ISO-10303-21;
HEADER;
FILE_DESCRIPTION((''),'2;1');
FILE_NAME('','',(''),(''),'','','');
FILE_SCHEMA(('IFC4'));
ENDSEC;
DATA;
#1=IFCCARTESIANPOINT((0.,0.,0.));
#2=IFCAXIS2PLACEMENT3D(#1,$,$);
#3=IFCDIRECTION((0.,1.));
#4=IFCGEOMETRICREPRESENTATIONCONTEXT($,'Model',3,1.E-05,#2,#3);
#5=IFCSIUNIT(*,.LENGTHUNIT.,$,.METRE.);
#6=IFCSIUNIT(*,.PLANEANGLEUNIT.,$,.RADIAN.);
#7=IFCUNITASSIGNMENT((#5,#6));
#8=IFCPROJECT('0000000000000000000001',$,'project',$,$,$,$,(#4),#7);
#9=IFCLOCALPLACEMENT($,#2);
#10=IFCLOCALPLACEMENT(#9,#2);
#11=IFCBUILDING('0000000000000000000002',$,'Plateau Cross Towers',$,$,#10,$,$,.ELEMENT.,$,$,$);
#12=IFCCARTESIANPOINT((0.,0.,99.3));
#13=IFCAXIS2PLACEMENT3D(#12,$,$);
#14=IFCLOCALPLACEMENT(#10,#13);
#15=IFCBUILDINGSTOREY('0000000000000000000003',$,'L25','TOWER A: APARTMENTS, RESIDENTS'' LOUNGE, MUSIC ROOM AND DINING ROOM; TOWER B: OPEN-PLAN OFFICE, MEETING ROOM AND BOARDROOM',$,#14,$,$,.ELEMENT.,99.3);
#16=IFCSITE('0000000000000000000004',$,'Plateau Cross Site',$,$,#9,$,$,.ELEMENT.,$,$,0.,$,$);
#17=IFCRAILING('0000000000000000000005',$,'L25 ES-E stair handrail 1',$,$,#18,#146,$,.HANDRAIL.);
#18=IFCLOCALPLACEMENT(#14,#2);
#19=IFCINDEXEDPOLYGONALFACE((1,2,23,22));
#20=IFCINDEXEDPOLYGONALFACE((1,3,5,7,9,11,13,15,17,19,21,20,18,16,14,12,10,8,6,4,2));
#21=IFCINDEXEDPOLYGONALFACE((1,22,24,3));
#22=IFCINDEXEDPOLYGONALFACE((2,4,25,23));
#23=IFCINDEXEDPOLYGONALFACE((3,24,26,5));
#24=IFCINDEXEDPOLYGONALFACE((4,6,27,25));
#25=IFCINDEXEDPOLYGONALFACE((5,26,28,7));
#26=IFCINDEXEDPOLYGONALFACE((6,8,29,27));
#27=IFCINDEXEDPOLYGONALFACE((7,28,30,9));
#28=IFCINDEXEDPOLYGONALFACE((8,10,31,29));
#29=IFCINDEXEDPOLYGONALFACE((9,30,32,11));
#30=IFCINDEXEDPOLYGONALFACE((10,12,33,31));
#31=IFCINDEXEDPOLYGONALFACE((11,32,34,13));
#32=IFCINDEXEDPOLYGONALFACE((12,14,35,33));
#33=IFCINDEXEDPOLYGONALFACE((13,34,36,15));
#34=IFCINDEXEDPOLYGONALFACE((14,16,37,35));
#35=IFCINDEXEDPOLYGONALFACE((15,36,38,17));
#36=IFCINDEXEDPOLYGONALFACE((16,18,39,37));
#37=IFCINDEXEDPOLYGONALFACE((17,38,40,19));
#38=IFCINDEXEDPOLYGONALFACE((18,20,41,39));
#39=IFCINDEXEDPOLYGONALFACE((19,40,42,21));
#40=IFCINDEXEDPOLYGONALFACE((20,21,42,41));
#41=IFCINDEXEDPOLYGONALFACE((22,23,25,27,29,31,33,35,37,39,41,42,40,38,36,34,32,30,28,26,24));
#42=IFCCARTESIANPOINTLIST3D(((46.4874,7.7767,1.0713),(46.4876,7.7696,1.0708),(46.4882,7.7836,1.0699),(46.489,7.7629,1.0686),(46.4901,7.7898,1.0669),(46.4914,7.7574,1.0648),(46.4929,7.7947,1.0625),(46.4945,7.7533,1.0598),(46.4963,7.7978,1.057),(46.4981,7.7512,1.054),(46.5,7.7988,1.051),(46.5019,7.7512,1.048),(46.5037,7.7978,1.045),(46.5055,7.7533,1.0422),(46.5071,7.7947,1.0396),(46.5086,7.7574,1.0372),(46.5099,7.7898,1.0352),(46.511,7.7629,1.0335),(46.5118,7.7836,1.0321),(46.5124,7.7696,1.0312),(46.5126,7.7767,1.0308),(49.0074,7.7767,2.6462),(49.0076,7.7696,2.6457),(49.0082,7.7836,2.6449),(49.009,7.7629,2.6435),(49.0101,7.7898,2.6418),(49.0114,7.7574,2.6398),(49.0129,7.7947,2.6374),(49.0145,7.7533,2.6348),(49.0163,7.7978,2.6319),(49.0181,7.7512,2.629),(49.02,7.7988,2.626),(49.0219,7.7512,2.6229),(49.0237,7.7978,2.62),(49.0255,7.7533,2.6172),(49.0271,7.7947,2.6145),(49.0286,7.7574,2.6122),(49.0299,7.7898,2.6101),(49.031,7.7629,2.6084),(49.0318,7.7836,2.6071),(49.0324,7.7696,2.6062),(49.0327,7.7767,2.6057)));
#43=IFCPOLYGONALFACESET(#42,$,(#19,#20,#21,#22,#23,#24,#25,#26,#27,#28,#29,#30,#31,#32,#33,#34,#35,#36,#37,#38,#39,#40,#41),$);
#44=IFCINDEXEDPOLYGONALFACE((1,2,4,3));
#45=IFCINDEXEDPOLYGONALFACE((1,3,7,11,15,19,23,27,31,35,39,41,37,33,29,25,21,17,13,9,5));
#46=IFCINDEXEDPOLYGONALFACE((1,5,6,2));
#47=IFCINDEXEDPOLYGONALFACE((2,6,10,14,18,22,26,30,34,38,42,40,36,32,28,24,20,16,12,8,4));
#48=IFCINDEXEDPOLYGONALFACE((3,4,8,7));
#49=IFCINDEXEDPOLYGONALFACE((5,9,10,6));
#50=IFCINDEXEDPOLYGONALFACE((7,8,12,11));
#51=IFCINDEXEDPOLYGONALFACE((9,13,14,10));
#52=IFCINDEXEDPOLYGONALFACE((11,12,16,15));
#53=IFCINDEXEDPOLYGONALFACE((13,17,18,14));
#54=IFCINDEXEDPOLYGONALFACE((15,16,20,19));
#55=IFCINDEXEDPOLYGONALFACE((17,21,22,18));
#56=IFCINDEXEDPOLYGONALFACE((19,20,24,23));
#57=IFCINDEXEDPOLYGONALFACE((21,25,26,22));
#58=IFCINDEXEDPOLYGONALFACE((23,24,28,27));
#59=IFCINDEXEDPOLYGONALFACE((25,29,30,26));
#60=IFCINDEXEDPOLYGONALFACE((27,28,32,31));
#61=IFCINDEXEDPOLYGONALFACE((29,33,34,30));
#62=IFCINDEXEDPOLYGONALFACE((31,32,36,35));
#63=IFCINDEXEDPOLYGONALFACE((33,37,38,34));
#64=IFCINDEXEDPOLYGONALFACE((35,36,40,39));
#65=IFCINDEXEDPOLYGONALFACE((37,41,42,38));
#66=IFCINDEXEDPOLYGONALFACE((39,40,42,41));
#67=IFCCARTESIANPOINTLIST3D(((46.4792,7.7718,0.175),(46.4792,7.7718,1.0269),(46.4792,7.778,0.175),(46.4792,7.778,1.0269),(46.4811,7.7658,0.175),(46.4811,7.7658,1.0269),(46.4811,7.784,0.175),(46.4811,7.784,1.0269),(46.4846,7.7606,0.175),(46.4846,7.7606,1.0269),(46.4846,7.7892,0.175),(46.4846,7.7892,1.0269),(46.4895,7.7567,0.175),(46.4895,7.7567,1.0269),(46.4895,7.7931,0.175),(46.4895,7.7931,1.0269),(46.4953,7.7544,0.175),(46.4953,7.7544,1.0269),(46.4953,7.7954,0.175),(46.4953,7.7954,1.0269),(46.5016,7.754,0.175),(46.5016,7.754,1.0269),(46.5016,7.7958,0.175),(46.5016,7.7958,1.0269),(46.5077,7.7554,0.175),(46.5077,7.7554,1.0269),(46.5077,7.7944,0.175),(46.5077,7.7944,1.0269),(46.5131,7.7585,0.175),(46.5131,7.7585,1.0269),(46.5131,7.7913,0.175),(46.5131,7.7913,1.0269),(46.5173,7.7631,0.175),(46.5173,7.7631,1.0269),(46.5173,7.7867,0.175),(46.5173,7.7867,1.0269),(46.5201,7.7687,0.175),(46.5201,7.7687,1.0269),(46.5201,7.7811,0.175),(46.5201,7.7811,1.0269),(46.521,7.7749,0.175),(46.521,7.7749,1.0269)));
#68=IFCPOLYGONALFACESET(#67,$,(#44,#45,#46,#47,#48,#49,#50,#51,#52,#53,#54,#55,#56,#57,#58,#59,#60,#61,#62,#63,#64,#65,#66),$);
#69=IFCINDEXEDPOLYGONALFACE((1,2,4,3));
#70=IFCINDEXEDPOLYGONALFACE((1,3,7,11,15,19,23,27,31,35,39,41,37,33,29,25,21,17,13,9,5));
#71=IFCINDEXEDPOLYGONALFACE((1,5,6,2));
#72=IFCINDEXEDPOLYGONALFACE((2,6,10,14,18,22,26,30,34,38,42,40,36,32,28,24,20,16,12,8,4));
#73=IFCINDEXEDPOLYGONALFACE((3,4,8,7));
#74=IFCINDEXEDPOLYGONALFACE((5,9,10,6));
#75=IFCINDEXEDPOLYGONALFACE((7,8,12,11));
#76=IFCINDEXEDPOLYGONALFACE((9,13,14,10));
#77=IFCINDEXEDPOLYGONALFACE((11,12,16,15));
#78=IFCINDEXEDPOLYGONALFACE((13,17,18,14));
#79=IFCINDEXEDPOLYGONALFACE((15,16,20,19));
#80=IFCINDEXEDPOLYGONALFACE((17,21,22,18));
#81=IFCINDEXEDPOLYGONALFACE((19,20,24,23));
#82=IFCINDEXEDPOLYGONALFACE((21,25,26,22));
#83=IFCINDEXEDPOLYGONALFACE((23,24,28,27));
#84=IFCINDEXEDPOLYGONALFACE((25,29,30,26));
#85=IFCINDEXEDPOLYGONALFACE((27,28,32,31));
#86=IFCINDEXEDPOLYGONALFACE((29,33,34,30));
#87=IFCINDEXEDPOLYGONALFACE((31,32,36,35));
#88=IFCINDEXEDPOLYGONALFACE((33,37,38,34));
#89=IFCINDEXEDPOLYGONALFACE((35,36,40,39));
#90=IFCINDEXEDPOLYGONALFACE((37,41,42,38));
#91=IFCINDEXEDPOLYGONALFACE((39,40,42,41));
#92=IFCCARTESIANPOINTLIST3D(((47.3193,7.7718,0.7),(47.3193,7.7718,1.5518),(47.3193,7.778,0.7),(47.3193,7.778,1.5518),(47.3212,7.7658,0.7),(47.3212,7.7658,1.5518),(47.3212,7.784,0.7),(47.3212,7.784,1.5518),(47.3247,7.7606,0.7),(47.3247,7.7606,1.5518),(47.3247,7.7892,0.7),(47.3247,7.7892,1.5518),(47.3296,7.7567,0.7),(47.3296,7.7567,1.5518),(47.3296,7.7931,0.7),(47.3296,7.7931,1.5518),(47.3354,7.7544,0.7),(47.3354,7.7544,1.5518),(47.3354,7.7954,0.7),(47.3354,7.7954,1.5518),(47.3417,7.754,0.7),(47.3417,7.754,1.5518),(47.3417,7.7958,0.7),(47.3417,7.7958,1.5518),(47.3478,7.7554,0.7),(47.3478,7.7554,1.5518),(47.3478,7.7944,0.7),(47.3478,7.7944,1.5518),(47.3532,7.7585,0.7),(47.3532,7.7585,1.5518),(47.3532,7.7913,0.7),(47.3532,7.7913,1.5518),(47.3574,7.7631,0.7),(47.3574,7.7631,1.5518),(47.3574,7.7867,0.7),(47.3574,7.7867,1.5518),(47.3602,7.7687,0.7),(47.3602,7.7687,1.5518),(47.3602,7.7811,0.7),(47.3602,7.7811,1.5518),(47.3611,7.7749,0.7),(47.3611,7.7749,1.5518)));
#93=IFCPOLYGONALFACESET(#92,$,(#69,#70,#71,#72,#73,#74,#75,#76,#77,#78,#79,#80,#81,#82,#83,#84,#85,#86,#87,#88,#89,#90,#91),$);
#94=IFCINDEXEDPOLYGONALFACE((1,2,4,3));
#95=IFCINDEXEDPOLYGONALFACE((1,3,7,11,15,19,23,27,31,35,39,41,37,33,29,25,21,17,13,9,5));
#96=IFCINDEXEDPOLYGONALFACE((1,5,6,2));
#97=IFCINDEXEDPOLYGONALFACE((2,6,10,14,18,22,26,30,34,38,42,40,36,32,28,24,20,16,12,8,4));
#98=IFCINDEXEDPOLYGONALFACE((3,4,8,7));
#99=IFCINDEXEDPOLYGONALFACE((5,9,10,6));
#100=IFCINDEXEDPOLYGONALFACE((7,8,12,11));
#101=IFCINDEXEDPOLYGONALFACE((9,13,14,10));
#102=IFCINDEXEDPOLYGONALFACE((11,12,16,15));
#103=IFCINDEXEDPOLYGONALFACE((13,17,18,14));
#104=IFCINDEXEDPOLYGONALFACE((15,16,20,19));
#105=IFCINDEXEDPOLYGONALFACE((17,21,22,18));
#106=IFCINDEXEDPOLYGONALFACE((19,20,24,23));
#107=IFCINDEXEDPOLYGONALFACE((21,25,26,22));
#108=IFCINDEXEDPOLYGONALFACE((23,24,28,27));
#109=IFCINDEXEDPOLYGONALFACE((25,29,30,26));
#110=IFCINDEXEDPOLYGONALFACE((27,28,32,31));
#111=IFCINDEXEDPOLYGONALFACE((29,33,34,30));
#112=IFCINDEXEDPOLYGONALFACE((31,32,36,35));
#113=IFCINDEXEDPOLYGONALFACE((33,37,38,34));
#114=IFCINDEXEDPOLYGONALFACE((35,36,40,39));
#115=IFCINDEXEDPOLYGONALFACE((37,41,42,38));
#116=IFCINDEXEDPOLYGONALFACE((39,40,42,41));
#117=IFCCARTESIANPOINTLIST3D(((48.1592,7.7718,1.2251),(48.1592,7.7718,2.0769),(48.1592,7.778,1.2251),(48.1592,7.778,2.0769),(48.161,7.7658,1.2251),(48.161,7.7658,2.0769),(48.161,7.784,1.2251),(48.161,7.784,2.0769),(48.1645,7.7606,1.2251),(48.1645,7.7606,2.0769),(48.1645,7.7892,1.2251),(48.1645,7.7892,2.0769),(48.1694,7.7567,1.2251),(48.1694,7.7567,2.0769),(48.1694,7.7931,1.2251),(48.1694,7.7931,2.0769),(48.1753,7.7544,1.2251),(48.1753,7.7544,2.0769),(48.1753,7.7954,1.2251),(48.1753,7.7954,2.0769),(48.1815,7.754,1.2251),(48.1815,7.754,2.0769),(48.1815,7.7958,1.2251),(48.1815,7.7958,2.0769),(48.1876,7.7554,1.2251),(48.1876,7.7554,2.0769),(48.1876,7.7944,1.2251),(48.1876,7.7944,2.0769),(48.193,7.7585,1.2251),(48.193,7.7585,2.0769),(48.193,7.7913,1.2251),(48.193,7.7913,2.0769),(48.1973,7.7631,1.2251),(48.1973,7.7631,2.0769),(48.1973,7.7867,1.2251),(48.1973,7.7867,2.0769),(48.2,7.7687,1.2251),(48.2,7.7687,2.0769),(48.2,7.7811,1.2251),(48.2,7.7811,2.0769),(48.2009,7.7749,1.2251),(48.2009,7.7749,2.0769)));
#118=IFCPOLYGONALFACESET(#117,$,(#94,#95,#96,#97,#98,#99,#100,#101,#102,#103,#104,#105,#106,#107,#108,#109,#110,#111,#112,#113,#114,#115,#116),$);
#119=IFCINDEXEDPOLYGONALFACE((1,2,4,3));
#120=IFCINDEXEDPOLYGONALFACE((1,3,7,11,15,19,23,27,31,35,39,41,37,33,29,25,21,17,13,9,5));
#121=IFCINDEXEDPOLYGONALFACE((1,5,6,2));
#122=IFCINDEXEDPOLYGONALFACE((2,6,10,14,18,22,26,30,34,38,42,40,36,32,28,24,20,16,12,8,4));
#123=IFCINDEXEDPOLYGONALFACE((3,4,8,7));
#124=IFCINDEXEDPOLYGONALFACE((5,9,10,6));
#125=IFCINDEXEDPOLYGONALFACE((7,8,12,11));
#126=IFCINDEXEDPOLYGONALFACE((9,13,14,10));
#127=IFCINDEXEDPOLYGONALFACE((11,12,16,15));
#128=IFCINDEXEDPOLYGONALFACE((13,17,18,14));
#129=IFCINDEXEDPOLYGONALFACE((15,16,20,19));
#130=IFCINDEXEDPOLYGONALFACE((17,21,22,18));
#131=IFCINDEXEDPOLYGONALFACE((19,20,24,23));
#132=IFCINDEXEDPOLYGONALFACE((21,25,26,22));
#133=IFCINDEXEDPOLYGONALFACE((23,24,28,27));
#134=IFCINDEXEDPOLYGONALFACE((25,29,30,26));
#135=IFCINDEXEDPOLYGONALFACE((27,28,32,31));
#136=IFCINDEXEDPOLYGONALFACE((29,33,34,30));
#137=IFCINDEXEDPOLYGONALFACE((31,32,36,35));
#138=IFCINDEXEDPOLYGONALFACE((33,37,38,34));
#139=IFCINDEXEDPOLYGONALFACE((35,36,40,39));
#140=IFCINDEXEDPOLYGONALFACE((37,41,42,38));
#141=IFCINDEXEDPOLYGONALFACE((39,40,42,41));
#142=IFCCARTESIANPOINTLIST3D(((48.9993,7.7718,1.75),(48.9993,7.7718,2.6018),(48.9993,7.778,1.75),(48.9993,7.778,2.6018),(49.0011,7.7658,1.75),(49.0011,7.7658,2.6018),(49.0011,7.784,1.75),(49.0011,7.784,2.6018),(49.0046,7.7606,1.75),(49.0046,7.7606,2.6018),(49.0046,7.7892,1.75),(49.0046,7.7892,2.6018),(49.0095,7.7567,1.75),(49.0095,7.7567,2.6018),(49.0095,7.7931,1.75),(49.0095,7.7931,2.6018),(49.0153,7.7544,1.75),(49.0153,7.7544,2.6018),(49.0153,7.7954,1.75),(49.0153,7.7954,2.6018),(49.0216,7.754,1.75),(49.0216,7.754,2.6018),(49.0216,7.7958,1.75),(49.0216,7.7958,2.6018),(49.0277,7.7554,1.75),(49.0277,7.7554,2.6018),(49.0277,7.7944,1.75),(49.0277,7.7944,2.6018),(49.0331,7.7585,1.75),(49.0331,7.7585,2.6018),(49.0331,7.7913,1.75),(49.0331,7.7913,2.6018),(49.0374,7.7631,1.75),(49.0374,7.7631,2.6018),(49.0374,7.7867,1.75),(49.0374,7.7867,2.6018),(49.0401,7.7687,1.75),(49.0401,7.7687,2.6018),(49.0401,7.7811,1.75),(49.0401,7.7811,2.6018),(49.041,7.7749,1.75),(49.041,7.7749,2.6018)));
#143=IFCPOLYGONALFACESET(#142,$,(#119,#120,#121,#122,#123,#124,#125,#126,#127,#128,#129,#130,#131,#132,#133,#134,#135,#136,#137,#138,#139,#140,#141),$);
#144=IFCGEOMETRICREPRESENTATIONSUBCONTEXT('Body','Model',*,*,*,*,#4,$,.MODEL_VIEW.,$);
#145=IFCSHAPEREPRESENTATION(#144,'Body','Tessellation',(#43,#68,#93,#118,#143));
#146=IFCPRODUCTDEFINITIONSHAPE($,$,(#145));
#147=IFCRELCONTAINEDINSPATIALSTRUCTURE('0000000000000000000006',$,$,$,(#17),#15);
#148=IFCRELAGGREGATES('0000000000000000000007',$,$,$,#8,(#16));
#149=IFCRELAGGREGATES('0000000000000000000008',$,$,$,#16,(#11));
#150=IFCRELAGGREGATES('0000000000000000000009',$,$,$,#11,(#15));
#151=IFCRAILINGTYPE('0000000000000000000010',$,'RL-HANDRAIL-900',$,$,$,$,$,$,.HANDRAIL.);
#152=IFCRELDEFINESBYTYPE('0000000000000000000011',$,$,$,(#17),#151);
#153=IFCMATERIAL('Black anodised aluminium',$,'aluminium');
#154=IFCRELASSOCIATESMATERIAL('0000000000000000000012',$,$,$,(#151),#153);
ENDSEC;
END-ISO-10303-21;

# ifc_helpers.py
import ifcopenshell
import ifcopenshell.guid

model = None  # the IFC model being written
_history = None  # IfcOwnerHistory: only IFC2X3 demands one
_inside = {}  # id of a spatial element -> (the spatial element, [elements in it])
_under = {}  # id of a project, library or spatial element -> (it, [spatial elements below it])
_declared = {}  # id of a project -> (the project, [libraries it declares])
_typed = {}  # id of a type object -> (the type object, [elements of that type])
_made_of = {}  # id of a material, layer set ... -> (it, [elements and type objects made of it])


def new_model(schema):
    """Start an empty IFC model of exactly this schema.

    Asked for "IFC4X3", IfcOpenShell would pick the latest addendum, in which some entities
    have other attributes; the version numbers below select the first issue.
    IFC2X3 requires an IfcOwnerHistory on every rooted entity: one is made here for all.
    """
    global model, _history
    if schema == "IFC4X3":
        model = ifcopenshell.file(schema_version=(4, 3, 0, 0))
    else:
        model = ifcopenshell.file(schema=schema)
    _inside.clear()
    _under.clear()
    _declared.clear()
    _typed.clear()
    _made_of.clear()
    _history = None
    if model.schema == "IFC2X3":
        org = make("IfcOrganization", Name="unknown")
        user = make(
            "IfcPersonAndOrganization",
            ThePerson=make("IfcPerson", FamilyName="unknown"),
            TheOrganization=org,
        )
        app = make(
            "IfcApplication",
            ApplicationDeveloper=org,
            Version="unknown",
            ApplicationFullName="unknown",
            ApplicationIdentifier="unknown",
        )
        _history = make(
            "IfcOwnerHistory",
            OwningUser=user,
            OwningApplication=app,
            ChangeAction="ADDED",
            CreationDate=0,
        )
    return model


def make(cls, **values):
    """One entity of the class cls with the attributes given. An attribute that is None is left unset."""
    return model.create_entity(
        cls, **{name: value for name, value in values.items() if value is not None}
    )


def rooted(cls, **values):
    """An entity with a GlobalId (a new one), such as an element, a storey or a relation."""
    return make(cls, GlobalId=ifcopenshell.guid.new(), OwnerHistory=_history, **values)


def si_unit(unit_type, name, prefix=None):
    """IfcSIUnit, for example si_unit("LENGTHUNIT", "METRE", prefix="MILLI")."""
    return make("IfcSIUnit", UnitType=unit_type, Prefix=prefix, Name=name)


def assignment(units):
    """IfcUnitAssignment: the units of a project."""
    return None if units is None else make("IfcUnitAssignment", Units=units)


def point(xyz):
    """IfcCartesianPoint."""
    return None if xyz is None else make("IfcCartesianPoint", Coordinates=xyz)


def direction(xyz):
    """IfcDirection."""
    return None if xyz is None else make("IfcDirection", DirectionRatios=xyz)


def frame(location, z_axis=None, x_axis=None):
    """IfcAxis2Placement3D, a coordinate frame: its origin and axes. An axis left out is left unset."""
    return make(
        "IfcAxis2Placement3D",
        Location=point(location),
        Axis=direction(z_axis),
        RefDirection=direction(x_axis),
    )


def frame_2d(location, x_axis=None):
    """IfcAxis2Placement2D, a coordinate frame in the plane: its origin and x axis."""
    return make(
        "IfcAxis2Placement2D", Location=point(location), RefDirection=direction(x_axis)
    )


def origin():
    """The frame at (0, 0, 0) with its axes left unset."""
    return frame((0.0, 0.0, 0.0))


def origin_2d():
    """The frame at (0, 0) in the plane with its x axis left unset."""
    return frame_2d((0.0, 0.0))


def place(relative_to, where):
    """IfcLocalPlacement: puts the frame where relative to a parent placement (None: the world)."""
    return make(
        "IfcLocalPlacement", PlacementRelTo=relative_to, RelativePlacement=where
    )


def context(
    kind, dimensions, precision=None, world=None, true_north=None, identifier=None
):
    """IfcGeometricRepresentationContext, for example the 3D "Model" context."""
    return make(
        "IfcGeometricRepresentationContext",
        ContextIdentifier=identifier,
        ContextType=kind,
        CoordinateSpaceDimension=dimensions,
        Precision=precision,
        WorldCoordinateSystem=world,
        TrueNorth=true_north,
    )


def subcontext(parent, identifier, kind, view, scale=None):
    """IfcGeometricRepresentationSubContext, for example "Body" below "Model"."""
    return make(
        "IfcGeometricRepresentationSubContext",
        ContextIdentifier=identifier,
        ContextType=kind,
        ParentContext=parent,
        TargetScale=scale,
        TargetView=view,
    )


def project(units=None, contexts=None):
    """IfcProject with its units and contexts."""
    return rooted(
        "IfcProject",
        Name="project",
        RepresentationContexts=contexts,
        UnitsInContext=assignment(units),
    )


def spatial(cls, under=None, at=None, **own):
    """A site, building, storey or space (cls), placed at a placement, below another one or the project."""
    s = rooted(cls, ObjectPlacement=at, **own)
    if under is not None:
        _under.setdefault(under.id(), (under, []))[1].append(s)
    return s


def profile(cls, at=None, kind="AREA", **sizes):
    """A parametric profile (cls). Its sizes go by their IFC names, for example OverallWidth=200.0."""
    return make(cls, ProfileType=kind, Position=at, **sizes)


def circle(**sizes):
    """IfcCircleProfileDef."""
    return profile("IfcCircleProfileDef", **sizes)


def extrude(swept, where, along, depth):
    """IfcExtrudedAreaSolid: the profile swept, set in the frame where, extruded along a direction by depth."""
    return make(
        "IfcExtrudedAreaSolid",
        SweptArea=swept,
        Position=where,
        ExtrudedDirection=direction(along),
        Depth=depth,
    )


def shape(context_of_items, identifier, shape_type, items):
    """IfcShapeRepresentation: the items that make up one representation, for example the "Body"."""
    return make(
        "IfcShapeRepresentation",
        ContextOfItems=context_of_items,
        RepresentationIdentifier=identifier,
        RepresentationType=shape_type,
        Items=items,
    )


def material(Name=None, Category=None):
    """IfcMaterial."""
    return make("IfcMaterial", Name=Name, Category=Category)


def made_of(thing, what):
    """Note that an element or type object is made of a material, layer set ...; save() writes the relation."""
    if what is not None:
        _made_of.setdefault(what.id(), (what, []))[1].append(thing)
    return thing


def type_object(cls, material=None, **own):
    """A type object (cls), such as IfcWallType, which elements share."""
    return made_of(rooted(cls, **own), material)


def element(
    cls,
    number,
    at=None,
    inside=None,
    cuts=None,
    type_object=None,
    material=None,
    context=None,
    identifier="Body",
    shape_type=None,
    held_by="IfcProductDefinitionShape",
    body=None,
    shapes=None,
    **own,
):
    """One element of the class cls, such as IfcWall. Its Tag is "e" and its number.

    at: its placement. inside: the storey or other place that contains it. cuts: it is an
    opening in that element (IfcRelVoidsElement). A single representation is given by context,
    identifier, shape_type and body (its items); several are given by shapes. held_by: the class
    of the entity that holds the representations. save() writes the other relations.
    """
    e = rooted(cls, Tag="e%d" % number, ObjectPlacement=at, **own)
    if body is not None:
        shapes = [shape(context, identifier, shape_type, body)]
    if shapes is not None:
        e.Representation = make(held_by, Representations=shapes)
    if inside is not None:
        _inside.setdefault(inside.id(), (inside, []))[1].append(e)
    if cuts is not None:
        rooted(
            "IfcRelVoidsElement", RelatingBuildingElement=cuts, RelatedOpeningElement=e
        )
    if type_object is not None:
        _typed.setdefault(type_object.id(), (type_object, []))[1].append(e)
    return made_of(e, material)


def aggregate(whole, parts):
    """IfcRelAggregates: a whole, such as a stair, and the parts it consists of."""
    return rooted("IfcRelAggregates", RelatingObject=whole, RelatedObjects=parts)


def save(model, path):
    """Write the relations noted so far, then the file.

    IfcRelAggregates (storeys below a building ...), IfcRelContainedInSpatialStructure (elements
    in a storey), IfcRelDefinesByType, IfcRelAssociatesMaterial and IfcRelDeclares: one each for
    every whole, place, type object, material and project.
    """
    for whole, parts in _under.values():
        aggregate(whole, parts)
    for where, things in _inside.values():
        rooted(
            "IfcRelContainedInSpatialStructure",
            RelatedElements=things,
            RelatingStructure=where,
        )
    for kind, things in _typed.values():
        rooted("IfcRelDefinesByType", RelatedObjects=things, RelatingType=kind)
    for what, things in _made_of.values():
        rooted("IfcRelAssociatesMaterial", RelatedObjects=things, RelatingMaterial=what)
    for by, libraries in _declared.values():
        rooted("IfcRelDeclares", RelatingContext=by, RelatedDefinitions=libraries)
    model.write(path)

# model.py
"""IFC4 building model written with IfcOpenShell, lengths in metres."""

from ifc_helpers import new_model, si_unit, direction, frame, origin, origin_2d, place, context, subcontext, project, spatial, circle, extrude, material, type_object, element, save


model = new_model("IFC4")

# Units and contexts
model_context = context("Model", 3, precision=1e-05, world=origin(), true_north=direction((0.0, 1.0)))
body_context = subcontext(model_context, "Body", "Model", "MODEL_VIEW")
ifc_project = project(units=[si_unit("LENGTHUNIT", "METRE"), si_unit("PLANEANGLEUNIT", "RADIAN")], contexts=[model_context])

# Site, building, storey
site_placement = place(None, origin())
site = spatial("IfcSite", under=ifc_project, at=site_placement, Name="Plateau Cross Site", CompositionType="ELEMENT", RefElevation=0.0)
building_placement = place(site_placement, origin())
building = spatial("IfcBuilding", under=site, at=building_placement, Name="Plateau Cross Towers", CompositionType="ELEMENT")
storey_placement = place(building_placement, frame((0.0, 0.0, 99.3)))
storey = spatial("IfcBuildingStorey", under=building, at=storey_placement, Name="L25", Description="TOWER A: APARTMENTS, RESIDENTS' LOUNGE, MUSIC ROOM AND DINING ROOM; TOWER B: OPEN-PLAN OFFICE, MEETING ROOM AND BOARDROOM", CompositionType="ELEMENT", Elevation=99.3)

# Shared definitions
ifc_material_1 = material(Name="Black anodised aluminium", Category="aluminium")

# Railing
railing_type_1 = type_object("IfcRailingType", Name="RL-HANDRAIL-900", PredefinedType="HANDRAIL", material=ifc_material_1)
railing_1_placement = place(storey_placement, frame((46.5, 7.7749, 0.175)))
element("IfcRailing", 1, at=railing_1_placement, inside=storey, type_object=railing_type_1, Name="L25 ES-E stair handrail 1", PredefinedType="HANDRAIL", context=body_context, shape_type="SweptSolid", body=[
    extrude(circle(Radius=0.0239, at=origin_2d()), frame((0.0, 0.0, 0.876), z_axis=(0.848008, 0.0, 0.529984), x_axis=(0.0, 1.0, 0.0)), (0.0, 0.0, 1.0), 2.9717),
    extrude(circle(Radius=0.021, at=origin_2d()), origin(), (0.0, 0.0, 1.0), 0.8518),
    extrude(circle(Radius=0.021, at=origin_2d()), frame((0.8401, 0.0, 0.5249)), (0.0, 0.0, 1.0), 0.8518),
    extrude(circle(Radius=0.021, at=origin_2d()), frame((1.6799, 0.0, 1.05)), (0.0, 0.0, 1.0), 0.8518),
    extrude(circle(Radius=0.021, at=origin_2d()), frame((2.52, 0.0, 1.575)), (0.0, 0.0, 1.0), 0.8518),
])

save(model, "model.ifc")
